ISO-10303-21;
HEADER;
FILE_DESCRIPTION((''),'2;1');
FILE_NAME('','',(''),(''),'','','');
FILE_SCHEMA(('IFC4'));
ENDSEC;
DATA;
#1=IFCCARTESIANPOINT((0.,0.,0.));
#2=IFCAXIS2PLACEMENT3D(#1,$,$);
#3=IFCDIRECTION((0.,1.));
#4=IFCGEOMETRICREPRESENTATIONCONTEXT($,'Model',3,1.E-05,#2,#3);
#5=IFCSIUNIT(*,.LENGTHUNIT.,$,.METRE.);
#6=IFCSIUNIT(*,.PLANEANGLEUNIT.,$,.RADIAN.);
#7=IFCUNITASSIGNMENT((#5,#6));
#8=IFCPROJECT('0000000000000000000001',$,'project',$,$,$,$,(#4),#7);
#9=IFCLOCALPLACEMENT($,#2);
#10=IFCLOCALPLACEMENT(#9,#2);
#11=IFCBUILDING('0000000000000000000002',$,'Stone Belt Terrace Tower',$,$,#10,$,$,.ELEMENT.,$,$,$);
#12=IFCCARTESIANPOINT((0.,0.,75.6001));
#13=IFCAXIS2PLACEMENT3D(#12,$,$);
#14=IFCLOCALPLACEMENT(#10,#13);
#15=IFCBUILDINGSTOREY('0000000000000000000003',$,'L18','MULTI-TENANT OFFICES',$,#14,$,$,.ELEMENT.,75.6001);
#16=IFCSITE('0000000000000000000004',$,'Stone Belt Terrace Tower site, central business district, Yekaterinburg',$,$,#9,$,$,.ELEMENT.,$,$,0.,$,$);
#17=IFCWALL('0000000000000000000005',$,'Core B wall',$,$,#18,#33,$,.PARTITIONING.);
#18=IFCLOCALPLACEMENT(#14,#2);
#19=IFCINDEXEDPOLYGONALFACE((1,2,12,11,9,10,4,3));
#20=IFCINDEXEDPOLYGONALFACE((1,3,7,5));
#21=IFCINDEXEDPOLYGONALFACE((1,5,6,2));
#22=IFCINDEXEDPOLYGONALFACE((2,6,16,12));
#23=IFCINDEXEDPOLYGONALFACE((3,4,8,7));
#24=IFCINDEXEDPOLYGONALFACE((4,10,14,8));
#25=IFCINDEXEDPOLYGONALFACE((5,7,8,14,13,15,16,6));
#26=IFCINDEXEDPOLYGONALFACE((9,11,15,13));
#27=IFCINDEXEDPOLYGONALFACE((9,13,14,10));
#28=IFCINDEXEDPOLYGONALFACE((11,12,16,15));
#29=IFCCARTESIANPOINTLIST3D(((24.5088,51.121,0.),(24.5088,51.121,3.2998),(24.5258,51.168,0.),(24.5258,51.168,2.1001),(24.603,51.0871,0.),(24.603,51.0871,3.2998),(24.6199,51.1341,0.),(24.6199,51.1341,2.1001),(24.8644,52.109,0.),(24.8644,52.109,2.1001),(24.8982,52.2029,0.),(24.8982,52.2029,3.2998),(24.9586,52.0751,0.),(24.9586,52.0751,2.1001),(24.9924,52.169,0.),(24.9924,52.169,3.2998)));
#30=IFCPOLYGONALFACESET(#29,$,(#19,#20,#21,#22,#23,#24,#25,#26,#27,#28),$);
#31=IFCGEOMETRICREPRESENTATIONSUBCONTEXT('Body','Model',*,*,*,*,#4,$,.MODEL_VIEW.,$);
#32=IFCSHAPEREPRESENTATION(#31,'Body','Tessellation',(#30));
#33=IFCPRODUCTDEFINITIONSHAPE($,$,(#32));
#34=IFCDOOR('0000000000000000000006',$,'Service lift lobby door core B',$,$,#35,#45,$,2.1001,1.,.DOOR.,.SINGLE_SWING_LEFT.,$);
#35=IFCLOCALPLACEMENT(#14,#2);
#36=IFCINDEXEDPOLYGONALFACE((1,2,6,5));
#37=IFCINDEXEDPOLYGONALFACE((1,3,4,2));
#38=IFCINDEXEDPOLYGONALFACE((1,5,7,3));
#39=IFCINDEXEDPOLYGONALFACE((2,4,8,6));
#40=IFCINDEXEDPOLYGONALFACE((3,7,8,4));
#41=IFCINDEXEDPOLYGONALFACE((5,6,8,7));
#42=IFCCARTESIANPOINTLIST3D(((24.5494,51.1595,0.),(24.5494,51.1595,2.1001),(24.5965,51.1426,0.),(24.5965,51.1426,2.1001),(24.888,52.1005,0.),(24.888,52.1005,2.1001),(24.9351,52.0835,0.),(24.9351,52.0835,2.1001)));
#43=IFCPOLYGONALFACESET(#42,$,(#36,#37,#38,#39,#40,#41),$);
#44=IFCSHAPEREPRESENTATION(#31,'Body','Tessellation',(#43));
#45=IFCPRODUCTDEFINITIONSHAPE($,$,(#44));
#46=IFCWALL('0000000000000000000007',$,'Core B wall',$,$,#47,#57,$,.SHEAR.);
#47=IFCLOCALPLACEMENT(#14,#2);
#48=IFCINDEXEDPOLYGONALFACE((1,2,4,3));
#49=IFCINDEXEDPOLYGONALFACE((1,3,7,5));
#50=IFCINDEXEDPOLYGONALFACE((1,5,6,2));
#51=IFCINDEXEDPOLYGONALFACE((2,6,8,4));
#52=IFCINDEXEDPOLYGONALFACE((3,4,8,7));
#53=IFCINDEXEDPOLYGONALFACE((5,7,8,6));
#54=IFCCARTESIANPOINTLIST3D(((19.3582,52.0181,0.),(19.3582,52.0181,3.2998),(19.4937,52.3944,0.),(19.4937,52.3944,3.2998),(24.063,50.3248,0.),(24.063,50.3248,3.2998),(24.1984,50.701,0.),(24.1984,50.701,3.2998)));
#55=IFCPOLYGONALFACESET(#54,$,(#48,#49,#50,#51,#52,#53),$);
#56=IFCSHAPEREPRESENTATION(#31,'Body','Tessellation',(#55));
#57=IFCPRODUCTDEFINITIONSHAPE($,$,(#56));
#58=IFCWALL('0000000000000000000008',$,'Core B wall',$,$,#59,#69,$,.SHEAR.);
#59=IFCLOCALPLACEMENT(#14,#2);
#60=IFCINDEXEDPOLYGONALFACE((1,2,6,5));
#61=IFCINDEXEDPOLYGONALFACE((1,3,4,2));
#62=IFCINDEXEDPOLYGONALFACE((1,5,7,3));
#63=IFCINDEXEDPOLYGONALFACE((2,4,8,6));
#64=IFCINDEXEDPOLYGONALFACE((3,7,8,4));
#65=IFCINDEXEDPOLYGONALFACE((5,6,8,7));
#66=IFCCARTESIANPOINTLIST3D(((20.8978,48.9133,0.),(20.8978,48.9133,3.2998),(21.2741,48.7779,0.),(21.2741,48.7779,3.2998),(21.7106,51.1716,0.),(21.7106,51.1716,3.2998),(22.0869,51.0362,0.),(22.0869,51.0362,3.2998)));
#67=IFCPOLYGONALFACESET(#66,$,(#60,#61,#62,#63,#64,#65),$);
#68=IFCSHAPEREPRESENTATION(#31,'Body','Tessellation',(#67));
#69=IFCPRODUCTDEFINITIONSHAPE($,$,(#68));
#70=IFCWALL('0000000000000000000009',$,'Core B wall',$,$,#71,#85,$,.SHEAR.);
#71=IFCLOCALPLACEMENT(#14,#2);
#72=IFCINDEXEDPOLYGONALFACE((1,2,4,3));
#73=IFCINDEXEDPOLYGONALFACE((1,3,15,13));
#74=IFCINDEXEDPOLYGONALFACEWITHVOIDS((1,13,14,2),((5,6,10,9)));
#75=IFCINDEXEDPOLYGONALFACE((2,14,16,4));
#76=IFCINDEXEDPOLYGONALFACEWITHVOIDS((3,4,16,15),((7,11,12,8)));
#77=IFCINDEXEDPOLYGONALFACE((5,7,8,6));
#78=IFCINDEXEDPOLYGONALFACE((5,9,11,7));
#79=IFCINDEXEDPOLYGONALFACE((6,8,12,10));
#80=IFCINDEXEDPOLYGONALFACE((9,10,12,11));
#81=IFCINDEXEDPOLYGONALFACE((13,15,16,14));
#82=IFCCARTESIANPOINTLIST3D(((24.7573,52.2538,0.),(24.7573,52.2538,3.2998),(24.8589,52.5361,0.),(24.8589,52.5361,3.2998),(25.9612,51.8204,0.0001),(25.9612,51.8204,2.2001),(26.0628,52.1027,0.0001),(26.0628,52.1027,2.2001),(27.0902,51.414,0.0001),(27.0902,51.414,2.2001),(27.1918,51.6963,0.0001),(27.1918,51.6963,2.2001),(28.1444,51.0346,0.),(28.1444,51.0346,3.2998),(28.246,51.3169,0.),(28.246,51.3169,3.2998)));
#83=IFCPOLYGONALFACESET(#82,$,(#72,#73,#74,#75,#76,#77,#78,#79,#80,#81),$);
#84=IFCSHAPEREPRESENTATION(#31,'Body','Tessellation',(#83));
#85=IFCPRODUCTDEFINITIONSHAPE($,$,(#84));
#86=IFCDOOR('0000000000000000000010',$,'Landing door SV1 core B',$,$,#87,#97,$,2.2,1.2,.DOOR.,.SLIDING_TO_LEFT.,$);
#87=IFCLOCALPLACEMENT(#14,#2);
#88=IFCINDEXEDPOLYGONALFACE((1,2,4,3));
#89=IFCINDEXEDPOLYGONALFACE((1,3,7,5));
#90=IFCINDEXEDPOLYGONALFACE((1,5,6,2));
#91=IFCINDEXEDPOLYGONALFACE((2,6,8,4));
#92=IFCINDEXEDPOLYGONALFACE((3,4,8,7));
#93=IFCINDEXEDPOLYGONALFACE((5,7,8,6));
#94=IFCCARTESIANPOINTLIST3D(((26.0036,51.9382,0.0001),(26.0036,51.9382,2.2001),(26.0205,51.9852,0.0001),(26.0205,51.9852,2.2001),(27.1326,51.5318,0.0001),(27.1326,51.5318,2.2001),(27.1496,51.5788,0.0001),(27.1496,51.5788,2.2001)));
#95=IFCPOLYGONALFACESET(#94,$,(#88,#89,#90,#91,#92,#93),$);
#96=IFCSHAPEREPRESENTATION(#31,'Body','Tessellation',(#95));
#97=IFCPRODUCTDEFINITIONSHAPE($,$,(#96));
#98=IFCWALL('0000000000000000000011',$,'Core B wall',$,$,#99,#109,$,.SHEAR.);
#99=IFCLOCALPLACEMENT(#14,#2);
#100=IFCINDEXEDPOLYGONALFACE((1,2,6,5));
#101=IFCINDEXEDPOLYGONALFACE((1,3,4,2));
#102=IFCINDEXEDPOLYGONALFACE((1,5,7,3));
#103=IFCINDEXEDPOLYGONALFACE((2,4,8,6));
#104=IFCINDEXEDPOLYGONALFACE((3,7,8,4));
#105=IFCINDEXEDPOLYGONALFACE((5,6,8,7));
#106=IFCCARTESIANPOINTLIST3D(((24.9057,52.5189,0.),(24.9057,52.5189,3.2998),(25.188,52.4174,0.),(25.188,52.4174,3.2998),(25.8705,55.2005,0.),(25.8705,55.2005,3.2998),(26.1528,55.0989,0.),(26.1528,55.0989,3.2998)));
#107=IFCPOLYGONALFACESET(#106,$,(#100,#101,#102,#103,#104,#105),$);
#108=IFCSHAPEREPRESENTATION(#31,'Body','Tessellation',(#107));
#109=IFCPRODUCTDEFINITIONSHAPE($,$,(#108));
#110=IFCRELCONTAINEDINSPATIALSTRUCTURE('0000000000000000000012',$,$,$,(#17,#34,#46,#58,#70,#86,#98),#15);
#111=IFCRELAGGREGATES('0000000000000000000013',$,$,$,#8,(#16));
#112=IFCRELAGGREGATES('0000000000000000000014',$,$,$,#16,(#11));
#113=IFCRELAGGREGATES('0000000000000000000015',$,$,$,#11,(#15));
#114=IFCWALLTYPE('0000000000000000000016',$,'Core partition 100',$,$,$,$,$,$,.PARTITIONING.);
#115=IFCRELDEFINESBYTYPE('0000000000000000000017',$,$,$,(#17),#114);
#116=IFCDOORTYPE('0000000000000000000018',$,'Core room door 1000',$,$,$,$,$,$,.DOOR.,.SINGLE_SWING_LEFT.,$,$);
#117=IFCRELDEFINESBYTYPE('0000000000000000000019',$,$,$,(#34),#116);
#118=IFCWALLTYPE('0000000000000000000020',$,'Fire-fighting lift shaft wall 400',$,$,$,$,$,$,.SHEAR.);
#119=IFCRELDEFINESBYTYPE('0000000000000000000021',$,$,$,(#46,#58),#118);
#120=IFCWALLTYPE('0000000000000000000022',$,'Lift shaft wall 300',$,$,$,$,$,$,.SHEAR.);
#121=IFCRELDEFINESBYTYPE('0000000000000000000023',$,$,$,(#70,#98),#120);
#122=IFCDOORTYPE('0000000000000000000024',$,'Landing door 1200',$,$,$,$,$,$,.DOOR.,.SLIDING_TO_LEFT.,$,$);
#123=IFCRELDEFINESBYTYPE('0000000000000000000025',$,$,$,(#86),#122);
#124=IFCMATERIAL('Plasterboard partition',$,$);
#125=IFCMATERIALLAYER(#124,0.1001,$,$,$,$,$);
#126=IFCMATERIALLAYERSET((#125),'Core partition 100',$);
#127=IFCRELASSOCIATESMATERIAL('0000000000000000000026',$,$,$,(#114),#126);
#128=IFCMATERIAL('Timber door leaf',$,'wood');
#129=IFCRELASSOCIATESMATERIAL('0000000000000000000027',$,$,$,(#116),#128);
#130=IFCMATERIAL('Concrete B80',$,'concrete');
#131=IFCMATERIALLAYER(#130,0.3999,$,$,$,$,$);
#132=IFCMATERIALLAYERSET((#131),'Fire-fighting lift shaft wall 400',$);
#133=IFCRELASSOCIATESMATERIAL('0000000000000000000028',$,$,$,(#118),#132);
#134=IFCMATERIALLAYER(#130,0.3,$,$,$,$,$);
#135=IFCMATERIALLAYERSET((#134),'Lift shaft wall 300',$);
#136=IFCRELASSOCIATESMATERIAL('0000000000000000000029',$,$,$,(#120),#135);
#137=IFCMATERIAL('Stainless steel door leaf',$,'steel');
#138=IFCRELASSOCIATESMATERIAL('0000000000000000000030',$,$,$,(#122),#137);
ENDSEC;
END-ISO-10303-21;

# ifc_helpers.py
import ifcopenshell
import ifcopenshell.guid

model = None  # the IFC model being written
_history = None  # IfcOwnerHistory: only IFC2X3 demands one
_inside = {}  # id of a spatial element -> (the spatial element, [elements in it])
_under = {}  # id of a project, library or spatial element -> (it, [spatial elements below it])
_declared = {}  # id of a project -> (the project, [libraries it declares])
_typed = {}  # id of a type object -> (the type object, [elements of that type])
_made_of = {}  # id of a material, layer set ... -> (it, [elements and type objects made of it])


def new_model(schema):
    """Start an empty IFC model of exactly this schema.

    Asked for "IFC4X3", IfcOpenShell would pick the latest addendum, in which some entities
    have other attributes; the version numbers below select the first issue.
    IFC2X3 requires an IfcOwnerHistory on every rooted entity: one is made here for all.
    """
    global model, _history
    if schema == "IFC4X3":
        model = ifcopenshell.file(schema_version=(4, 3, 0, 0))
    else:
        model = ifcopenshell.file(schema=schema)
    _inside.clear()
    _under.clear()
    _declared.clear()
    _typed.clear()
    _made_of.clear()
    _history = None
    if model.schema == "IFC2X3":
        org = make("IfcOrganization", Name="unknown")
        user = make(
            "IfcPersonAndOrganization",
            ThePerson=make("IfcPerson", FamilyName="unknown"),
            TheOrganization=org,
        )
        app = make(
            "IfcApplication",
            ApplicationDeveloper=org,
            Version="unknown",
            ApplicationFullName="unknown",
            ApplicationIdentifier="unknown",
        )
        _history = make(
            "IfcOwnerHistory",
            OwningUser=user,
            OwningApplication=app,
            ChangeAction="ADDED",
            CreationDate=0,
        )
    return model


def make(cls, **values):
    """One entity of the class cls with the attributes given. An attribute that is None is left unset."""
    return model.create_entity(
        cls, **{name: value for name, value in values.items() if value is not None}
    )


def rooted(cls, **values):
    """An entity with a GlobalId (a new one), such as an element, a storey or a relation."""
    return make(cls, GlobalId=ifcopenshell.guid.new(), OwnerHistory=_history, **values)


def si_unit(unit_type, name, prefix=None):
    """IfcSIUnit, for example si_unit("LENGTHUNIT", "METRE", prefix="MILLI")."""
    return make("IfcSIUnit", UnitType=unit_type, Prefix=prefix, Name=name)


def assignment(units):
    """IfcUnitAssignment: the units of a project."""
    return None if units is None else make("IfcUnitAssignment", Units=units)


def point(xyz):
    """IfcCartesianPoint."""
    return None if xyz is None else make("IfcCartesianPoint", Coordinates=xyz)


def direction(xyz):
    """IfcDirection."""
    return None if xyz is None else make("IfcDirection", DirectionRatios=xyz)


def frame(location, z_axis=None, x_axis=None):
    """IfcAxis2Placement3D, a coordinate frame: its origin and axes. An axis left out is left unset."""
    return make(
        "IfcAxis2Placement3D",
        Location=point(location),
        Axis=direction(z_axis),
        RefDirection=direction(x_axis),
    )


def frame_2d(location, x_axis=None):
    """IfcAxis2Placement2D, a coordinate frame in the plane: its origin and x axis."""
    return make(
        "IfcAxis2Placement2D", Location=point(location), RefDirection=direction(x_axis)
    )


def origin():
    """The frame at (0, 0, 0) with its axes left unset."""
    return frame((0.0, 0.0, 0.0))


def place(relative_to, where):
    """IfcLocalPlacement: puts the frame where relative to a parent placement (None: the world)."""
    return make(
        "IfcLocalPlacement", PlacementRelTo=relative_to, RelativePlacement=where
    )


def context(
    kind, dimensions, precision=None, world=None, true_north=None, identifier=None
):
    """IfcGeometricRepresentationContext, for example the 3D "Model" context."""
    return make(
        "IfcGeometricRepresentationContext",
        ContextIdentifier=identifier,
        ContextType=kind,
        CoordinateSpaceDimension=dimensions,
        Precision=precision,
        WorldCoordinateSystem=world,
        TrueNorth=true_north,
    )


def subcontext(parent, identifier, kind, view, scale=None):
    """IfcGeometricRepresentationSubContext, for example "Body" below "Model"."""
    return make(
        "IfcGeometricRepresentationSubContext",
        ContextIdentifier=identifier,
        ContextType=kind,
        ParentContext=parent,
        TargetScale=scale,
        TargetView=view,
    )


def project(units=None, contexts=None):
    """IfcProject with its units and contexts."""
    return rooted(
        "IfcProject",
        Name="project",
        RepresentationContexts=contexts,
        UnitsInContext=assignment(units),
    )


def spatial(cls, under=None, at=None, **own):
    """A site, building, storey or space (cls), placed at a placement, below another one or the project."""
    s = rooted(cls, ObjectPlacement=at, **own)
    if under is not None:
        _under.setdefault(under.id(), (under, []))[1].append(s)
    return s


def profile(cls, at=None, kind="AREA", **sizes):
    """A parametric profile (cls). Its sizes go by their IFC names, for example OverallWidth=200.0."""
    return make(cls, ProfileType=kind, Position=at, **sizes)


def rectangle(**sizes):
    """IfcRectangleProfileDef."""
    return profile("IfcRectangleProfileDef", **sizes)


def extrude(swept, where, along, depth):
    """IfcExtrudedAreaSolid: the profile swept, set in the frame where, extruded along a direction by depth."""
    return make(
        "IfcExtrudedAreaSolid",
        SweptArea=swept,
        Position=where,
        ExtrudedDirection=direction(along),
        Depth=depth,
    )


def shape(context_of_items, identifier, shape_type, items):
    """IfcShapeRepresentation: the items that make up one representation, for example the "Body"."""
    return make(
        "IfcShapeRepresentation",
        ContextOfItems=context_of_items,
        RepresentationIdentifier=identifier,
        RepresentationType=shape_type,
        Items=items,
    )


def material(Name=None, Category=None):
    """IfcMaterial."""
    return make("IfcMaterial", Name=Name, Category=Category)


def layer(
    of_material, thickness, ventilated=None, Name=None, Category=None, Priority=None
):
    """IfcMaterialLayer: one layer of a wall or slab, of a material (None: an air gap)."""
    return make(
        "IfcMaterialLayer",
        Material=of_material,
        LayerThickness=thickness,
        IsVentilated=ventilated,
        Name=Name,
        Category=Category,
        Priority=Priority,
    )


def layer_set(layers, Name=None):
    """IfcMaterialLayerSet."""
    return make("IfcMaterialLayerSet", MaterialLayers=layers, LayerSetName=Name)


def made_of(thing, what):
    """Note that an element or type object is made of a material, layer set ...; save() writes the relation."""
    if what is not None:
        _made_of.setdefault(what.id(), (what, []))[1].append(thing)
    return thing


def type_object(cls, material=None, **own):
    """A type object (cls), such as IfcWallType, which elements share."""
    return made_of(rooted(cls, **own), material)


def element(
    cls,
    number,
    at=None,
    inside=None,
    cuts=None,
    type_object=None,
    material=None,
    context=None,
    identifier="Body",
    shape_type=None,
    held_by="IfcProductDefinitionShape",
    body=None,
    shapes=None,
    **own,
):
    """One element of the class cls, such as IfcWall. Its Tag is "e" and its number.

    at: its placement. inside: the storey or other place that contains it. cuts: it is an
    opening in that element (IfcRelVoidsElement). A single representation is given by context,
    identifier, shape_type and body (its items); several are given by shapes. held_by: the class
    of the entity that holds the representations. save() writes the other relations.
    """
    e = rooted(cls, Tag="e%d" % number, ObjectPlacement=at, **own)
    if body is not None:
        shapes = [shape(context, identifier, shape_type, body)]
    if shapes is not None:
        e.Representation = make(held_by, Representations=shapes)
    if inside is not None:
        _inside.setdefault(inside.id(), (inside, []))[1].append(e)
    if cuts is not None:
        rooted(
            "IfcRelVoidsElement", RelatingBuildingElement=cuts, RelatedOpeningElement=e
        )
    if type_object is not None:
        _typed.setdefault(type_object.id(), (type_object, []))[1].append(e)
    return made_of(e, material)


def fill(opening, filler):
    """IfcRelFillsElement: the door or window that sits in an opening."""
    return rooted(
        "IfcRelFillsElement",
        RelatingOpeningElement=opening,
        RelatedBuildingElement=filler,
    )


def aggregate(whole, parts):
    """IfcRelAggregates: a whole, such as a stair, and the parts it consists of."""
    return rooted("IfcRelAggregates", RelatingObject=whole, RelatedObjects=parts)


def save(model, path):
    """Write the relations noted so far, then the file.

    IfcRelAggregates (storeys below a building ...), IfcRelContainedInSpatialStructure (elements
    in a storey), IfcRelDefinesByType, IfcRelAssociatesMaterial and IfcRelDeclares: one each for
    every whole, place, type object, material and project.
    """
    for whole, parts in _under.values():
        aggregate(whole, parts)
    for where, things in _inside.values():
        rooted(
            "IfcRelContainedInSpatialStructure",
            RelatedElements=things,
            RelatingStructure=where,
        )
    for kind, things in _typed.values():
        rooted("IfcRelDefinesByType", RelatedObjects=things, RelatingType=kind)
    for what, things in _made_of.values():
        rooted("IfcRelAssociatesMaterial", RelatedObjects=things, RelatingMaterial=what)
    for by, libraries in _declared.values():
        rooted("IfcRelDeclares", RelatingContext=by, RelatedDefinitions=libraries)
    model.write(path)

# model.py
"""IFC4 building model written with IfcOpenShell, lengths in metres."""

from ifc_helpers import new_model, si_unit, direction, frame, frame_2d, origin, place, context, subcontext, project, spatial, rectangle, extrude, material, layer, layer_set, type_object, element, fill, save


model = new_model("IFC4")

# Units and contexts
model_context = context("Model", 3, precision=1e-05, world=origin(), true_north=direction((0.0, 1.0)))
body_context = subcontext(model_context, "Body", "Model", "MODEL_VIEW")
ifc_project = project(units=[si_unit("LENGTHUNIT", "METRE"), si_unit("PLANEANGLEUNIT", "RADIAN")], contexts=[model_context])

# Site, building, storey
site_placement = place(None, origin())
site = spatial("IfcSite", under=ifc_project, at=site_placement, Name="Stone Belt Terrace Tower site, central business district, Yekaterinburg", CompositionType="ELEMENT", RefElevation=0.0)
building_placement = place(site_placement, origin())
building = spatial("IfcBuilding", under=site, at=building_placement, Name="Stone Belt Terrace Tower", CompositionType="ELEMENT")
storey_placement = place(building_placement, frame((0.0, 0.0, 75.6001)))
storey = spatial("IfcBuildingStorey", under=building, at=storey_placement, Name="L18", Description="MULTI-TENANT OFFICES", CompositionType="ELEMENT", Elevation=75.6001)

# Wall, opening, door
ifc_material_1 = material(Name="Plasterboard partition")
ifc_layer_1 = layer(ifc_material_1, 0.1001)
ifc_layer_set_1 = layer_set([ifc_layer_1], Name="Core partition 100")
wall_type_1 = type_object("IfcWallType", Name="Core partition 100", PredefinedType="PARTITIONING", material=ifc_layer_set_1)
wall_1_placement = place(storey_placement, frame((24.5559, 51.104, 0.0), z_axis=(0.0, 0.0, 1.0), x_axis=(0.338622, 0.940923, 0.0)))
wall_1 = element("IfcWall", 1, at=wall_1_placement, inside=storey, type_object=wall_type_1, Name="Core B wall", PredefinedType="PARTITIONING", context=body_context, shape_type="SweptSolid", body=[
    extrude(rectangle(XDim=1.1499, YDim=0.1001, at=frame_2d((0.575, 0.0))), origin(), (0.0, 0.0, 1.0), 3.2998),
])
opening_1_placement = place(wall_1_placement, frame((0.05, 0.0, 0.0)))
opening_1 = element("IfcOpeningElement", 2, at=opening_1_placement, cuts=wall_1, PredefinedType="OPENING", context=body_context, shape_type="SweptSolid", body=[
    extrude(rectangle(XDim=1.0, YDim=2.1001, at=frame_2d((0.5, 1.05))), frame((0.0, 0.0601, 0.0), z_axis=(0.0, -1.0, 0.0), x_axis=(1.0, 0.0, 0.0)), (0.0, 0.0, 1.0), 0.1201),
])
ifc_material_2 = material(Name="Timber door leaf", Category="wood")
door_type_1 = type_object("IfcDoorType", Name="Core room door 1000", OperationType="SINGLE_SWING_LEFT", PredefinedType="DOOR", material=ifc_material_2)
door_1_placement = place(opening_1_placement, origin())
door_1 = element("IfcDoor", 3, at=door_1_placement, inside=storey, type_object=door_type_1, Name="Service lift lobby door core B", OperationType="SINGLE_SWING_LEFT", OverallHeight=2.1001, OverallWidth=1.0, PredefinedType="DOOR", context=body_context, shape_type="SweptSolid", body=[
    extrude(rectangle(XDim=1.0, YDim=2.1001, at=frame_2d((0.5, 1.05))), frame((0.0, 0.0249, 0.0), z_axis=(0.0, -1.0, 0.0), x_axis=(1.0, 0.0, 0.0)), (0.0, 0.0, 1.0), 0.05),
])
fill(opening_1, door_1)

# Walls
ifc_material_3 = material(Name="Concrete B80", Category="concrete")
ifc_layer_2 = layer(ifc_material_3, 0.3999)
ifc_layer_set_2 = layer_set([ifc_layer_2], Name="Fire-fighting lift shaft wall 400")
wall_type_2 = type_object("IfcWallType", Name="Fire-fighting lift shaft wall 400", PredefinedType="SHEAR", material=ifc_layer_set_2)
wall_2_placement = place(storey_placement, frame((24.1306, 50.5129, 0.0), z_axis=(0.0, 0.0, 1.0), x_axis=(-0.940912, 0.338652, 0.0)))
element("IfcWall", 4, at=wall_2_placement, inside=storey, type_object=wall_type_2, Name="Core B wall", PredefinedType="SHEAR", context=body_context, shape_type="SweptSolid", body=[
    extrude(rectangle(XDim=5.0002, YDim=0.3999, at=frame_2d((2.5, 0.0))), origin(), (0.0, 0.0, 1.0), 3.2998),
])
wall_3_placement = place(storey_placement, frame((21.0859, 48.8455, 0.0), z_axis=(0.0, 0.0, 1.0), x_axis=(0.338629, 0.94092, 0.0)))
element("IfcWall", 5, at=wall_3_placement, inside=storey, type_object=wall_type_2, Name="Core B wall", PredefinedType="SHEAR", context=body_context, shape_type="SweptSolid", body=[
    extrude(rectangle(XDim=2.4001, YDim=0.3999, at=frame_2d((1.2002, 0.0))), origin(), (0.0, 0.0, 1.0), 3.2998),
])

# Wall, opening, door
ifc_layer_3 = layer(ifc_material_3, 0.3)
ifc_layer_set_3 = layer_set([ifc_layer_3], Name="Lift shaft wall 300")
wall_type_3 = type_object("IfcWallType", Name="Lift shaft wall 300", PredefinedType="SHEAR", material=ifc_layer_set_3)
wall_4_placement = place(storey_placement, frame((28.1951, 51.1758, 0.0), z_axis=(0.0, 0.0, 1.0), x_axis=(-0.940901, 0.338681, 0.0)))
wall_4 = element("IfcWall", 6, at=wall_4_placement, inside=storey, type_object=wall_type_3, Name="Core B wall", PredefinedType="SHEAR", context=body_context, shape_type="SweptSolid", body=[
    extrude(rectangle(XDim=3.5999, YDim=0.3, at=frame_2d((1.7998, 0.0))), origin(), (0.0, 0.0, 1.0), 3.2998),
])
opening_2_placement = place(wall_4_placement, frame((1.1201, 0.0, 0.0)))
opening_2 = element("IfcOpeningElement", 7, at=opening_2_placement, cuts=wall_4, PredefinedType="OPENING", context=body_context, shape_type="SweptSolid", body=[
    extrude(rectangle(XDim=1.2, YDim=2.2, at=frame_2d((0.6001, 1.1001))), frame((0.0, 0.1599, 0.0), z_axis=(0.0, -1.0, 0.0), x_axis=(1.0, 0.0, 0.0)), (0.0, 0.0, 1.0), 0.3201),
])
ifc_material_4 = material(Name="Stainless steel door leaf", Category="steel")
door_type_2 = type_object("IfcDoorType", Name="Landing door 1200", OperationType="SLIDING_TO_LEFT", PredefinedType="DOOR", material=ifc_material_4)
door_2_placement = place(opening_2_placement, origin())
door_2 = element("IfcDoor", 8, at=door_2_placement, inside=storey, type_object=door_type_2, Name="Landing door SV1 core B", OperationType="SLIDING_TO_LEFT", OverallHeight=2.2, OverallWidth=1.2, PredefinedType="DOOR", context=body_context, shape_type="SweptSolid", body=[
    extrude(rectangle(XDim=1.2, YDim=2.2, at=frame_2d((0.6001, 1.1001))), frame((0.0, 0.0249, 0.0), z_axis=(0.0, -1.0, 0.0), x_axis=(1.0, 0.0, 0.0)), (0.0, 0.0, 1.0), 0.05),
])
fill(opening_2, door_2)

# Wall
wall_5_placement = place(storey_placement, frame((25.0469, 52.4683, 0.0), z_axis=(0.0, 0.0, 1.0), x_axis=(0.33855, 0.940949, 0.0)))
element("IfcWall", 9, at=wall_5_placement, inside=storey, type_object=wall_type_3, Name="Core B wall", PredefinedType="SHEAR", context=body_context, shape_type="SweptSolid", body=[
    extrude(rectangle(XDim=2.8499, YDim=0.3, at=frame_2d((1.4248, 0.0))), origin(), (0.0, 0.0, 1.0), 3.2998),
])

save(model, "model.ifc")
